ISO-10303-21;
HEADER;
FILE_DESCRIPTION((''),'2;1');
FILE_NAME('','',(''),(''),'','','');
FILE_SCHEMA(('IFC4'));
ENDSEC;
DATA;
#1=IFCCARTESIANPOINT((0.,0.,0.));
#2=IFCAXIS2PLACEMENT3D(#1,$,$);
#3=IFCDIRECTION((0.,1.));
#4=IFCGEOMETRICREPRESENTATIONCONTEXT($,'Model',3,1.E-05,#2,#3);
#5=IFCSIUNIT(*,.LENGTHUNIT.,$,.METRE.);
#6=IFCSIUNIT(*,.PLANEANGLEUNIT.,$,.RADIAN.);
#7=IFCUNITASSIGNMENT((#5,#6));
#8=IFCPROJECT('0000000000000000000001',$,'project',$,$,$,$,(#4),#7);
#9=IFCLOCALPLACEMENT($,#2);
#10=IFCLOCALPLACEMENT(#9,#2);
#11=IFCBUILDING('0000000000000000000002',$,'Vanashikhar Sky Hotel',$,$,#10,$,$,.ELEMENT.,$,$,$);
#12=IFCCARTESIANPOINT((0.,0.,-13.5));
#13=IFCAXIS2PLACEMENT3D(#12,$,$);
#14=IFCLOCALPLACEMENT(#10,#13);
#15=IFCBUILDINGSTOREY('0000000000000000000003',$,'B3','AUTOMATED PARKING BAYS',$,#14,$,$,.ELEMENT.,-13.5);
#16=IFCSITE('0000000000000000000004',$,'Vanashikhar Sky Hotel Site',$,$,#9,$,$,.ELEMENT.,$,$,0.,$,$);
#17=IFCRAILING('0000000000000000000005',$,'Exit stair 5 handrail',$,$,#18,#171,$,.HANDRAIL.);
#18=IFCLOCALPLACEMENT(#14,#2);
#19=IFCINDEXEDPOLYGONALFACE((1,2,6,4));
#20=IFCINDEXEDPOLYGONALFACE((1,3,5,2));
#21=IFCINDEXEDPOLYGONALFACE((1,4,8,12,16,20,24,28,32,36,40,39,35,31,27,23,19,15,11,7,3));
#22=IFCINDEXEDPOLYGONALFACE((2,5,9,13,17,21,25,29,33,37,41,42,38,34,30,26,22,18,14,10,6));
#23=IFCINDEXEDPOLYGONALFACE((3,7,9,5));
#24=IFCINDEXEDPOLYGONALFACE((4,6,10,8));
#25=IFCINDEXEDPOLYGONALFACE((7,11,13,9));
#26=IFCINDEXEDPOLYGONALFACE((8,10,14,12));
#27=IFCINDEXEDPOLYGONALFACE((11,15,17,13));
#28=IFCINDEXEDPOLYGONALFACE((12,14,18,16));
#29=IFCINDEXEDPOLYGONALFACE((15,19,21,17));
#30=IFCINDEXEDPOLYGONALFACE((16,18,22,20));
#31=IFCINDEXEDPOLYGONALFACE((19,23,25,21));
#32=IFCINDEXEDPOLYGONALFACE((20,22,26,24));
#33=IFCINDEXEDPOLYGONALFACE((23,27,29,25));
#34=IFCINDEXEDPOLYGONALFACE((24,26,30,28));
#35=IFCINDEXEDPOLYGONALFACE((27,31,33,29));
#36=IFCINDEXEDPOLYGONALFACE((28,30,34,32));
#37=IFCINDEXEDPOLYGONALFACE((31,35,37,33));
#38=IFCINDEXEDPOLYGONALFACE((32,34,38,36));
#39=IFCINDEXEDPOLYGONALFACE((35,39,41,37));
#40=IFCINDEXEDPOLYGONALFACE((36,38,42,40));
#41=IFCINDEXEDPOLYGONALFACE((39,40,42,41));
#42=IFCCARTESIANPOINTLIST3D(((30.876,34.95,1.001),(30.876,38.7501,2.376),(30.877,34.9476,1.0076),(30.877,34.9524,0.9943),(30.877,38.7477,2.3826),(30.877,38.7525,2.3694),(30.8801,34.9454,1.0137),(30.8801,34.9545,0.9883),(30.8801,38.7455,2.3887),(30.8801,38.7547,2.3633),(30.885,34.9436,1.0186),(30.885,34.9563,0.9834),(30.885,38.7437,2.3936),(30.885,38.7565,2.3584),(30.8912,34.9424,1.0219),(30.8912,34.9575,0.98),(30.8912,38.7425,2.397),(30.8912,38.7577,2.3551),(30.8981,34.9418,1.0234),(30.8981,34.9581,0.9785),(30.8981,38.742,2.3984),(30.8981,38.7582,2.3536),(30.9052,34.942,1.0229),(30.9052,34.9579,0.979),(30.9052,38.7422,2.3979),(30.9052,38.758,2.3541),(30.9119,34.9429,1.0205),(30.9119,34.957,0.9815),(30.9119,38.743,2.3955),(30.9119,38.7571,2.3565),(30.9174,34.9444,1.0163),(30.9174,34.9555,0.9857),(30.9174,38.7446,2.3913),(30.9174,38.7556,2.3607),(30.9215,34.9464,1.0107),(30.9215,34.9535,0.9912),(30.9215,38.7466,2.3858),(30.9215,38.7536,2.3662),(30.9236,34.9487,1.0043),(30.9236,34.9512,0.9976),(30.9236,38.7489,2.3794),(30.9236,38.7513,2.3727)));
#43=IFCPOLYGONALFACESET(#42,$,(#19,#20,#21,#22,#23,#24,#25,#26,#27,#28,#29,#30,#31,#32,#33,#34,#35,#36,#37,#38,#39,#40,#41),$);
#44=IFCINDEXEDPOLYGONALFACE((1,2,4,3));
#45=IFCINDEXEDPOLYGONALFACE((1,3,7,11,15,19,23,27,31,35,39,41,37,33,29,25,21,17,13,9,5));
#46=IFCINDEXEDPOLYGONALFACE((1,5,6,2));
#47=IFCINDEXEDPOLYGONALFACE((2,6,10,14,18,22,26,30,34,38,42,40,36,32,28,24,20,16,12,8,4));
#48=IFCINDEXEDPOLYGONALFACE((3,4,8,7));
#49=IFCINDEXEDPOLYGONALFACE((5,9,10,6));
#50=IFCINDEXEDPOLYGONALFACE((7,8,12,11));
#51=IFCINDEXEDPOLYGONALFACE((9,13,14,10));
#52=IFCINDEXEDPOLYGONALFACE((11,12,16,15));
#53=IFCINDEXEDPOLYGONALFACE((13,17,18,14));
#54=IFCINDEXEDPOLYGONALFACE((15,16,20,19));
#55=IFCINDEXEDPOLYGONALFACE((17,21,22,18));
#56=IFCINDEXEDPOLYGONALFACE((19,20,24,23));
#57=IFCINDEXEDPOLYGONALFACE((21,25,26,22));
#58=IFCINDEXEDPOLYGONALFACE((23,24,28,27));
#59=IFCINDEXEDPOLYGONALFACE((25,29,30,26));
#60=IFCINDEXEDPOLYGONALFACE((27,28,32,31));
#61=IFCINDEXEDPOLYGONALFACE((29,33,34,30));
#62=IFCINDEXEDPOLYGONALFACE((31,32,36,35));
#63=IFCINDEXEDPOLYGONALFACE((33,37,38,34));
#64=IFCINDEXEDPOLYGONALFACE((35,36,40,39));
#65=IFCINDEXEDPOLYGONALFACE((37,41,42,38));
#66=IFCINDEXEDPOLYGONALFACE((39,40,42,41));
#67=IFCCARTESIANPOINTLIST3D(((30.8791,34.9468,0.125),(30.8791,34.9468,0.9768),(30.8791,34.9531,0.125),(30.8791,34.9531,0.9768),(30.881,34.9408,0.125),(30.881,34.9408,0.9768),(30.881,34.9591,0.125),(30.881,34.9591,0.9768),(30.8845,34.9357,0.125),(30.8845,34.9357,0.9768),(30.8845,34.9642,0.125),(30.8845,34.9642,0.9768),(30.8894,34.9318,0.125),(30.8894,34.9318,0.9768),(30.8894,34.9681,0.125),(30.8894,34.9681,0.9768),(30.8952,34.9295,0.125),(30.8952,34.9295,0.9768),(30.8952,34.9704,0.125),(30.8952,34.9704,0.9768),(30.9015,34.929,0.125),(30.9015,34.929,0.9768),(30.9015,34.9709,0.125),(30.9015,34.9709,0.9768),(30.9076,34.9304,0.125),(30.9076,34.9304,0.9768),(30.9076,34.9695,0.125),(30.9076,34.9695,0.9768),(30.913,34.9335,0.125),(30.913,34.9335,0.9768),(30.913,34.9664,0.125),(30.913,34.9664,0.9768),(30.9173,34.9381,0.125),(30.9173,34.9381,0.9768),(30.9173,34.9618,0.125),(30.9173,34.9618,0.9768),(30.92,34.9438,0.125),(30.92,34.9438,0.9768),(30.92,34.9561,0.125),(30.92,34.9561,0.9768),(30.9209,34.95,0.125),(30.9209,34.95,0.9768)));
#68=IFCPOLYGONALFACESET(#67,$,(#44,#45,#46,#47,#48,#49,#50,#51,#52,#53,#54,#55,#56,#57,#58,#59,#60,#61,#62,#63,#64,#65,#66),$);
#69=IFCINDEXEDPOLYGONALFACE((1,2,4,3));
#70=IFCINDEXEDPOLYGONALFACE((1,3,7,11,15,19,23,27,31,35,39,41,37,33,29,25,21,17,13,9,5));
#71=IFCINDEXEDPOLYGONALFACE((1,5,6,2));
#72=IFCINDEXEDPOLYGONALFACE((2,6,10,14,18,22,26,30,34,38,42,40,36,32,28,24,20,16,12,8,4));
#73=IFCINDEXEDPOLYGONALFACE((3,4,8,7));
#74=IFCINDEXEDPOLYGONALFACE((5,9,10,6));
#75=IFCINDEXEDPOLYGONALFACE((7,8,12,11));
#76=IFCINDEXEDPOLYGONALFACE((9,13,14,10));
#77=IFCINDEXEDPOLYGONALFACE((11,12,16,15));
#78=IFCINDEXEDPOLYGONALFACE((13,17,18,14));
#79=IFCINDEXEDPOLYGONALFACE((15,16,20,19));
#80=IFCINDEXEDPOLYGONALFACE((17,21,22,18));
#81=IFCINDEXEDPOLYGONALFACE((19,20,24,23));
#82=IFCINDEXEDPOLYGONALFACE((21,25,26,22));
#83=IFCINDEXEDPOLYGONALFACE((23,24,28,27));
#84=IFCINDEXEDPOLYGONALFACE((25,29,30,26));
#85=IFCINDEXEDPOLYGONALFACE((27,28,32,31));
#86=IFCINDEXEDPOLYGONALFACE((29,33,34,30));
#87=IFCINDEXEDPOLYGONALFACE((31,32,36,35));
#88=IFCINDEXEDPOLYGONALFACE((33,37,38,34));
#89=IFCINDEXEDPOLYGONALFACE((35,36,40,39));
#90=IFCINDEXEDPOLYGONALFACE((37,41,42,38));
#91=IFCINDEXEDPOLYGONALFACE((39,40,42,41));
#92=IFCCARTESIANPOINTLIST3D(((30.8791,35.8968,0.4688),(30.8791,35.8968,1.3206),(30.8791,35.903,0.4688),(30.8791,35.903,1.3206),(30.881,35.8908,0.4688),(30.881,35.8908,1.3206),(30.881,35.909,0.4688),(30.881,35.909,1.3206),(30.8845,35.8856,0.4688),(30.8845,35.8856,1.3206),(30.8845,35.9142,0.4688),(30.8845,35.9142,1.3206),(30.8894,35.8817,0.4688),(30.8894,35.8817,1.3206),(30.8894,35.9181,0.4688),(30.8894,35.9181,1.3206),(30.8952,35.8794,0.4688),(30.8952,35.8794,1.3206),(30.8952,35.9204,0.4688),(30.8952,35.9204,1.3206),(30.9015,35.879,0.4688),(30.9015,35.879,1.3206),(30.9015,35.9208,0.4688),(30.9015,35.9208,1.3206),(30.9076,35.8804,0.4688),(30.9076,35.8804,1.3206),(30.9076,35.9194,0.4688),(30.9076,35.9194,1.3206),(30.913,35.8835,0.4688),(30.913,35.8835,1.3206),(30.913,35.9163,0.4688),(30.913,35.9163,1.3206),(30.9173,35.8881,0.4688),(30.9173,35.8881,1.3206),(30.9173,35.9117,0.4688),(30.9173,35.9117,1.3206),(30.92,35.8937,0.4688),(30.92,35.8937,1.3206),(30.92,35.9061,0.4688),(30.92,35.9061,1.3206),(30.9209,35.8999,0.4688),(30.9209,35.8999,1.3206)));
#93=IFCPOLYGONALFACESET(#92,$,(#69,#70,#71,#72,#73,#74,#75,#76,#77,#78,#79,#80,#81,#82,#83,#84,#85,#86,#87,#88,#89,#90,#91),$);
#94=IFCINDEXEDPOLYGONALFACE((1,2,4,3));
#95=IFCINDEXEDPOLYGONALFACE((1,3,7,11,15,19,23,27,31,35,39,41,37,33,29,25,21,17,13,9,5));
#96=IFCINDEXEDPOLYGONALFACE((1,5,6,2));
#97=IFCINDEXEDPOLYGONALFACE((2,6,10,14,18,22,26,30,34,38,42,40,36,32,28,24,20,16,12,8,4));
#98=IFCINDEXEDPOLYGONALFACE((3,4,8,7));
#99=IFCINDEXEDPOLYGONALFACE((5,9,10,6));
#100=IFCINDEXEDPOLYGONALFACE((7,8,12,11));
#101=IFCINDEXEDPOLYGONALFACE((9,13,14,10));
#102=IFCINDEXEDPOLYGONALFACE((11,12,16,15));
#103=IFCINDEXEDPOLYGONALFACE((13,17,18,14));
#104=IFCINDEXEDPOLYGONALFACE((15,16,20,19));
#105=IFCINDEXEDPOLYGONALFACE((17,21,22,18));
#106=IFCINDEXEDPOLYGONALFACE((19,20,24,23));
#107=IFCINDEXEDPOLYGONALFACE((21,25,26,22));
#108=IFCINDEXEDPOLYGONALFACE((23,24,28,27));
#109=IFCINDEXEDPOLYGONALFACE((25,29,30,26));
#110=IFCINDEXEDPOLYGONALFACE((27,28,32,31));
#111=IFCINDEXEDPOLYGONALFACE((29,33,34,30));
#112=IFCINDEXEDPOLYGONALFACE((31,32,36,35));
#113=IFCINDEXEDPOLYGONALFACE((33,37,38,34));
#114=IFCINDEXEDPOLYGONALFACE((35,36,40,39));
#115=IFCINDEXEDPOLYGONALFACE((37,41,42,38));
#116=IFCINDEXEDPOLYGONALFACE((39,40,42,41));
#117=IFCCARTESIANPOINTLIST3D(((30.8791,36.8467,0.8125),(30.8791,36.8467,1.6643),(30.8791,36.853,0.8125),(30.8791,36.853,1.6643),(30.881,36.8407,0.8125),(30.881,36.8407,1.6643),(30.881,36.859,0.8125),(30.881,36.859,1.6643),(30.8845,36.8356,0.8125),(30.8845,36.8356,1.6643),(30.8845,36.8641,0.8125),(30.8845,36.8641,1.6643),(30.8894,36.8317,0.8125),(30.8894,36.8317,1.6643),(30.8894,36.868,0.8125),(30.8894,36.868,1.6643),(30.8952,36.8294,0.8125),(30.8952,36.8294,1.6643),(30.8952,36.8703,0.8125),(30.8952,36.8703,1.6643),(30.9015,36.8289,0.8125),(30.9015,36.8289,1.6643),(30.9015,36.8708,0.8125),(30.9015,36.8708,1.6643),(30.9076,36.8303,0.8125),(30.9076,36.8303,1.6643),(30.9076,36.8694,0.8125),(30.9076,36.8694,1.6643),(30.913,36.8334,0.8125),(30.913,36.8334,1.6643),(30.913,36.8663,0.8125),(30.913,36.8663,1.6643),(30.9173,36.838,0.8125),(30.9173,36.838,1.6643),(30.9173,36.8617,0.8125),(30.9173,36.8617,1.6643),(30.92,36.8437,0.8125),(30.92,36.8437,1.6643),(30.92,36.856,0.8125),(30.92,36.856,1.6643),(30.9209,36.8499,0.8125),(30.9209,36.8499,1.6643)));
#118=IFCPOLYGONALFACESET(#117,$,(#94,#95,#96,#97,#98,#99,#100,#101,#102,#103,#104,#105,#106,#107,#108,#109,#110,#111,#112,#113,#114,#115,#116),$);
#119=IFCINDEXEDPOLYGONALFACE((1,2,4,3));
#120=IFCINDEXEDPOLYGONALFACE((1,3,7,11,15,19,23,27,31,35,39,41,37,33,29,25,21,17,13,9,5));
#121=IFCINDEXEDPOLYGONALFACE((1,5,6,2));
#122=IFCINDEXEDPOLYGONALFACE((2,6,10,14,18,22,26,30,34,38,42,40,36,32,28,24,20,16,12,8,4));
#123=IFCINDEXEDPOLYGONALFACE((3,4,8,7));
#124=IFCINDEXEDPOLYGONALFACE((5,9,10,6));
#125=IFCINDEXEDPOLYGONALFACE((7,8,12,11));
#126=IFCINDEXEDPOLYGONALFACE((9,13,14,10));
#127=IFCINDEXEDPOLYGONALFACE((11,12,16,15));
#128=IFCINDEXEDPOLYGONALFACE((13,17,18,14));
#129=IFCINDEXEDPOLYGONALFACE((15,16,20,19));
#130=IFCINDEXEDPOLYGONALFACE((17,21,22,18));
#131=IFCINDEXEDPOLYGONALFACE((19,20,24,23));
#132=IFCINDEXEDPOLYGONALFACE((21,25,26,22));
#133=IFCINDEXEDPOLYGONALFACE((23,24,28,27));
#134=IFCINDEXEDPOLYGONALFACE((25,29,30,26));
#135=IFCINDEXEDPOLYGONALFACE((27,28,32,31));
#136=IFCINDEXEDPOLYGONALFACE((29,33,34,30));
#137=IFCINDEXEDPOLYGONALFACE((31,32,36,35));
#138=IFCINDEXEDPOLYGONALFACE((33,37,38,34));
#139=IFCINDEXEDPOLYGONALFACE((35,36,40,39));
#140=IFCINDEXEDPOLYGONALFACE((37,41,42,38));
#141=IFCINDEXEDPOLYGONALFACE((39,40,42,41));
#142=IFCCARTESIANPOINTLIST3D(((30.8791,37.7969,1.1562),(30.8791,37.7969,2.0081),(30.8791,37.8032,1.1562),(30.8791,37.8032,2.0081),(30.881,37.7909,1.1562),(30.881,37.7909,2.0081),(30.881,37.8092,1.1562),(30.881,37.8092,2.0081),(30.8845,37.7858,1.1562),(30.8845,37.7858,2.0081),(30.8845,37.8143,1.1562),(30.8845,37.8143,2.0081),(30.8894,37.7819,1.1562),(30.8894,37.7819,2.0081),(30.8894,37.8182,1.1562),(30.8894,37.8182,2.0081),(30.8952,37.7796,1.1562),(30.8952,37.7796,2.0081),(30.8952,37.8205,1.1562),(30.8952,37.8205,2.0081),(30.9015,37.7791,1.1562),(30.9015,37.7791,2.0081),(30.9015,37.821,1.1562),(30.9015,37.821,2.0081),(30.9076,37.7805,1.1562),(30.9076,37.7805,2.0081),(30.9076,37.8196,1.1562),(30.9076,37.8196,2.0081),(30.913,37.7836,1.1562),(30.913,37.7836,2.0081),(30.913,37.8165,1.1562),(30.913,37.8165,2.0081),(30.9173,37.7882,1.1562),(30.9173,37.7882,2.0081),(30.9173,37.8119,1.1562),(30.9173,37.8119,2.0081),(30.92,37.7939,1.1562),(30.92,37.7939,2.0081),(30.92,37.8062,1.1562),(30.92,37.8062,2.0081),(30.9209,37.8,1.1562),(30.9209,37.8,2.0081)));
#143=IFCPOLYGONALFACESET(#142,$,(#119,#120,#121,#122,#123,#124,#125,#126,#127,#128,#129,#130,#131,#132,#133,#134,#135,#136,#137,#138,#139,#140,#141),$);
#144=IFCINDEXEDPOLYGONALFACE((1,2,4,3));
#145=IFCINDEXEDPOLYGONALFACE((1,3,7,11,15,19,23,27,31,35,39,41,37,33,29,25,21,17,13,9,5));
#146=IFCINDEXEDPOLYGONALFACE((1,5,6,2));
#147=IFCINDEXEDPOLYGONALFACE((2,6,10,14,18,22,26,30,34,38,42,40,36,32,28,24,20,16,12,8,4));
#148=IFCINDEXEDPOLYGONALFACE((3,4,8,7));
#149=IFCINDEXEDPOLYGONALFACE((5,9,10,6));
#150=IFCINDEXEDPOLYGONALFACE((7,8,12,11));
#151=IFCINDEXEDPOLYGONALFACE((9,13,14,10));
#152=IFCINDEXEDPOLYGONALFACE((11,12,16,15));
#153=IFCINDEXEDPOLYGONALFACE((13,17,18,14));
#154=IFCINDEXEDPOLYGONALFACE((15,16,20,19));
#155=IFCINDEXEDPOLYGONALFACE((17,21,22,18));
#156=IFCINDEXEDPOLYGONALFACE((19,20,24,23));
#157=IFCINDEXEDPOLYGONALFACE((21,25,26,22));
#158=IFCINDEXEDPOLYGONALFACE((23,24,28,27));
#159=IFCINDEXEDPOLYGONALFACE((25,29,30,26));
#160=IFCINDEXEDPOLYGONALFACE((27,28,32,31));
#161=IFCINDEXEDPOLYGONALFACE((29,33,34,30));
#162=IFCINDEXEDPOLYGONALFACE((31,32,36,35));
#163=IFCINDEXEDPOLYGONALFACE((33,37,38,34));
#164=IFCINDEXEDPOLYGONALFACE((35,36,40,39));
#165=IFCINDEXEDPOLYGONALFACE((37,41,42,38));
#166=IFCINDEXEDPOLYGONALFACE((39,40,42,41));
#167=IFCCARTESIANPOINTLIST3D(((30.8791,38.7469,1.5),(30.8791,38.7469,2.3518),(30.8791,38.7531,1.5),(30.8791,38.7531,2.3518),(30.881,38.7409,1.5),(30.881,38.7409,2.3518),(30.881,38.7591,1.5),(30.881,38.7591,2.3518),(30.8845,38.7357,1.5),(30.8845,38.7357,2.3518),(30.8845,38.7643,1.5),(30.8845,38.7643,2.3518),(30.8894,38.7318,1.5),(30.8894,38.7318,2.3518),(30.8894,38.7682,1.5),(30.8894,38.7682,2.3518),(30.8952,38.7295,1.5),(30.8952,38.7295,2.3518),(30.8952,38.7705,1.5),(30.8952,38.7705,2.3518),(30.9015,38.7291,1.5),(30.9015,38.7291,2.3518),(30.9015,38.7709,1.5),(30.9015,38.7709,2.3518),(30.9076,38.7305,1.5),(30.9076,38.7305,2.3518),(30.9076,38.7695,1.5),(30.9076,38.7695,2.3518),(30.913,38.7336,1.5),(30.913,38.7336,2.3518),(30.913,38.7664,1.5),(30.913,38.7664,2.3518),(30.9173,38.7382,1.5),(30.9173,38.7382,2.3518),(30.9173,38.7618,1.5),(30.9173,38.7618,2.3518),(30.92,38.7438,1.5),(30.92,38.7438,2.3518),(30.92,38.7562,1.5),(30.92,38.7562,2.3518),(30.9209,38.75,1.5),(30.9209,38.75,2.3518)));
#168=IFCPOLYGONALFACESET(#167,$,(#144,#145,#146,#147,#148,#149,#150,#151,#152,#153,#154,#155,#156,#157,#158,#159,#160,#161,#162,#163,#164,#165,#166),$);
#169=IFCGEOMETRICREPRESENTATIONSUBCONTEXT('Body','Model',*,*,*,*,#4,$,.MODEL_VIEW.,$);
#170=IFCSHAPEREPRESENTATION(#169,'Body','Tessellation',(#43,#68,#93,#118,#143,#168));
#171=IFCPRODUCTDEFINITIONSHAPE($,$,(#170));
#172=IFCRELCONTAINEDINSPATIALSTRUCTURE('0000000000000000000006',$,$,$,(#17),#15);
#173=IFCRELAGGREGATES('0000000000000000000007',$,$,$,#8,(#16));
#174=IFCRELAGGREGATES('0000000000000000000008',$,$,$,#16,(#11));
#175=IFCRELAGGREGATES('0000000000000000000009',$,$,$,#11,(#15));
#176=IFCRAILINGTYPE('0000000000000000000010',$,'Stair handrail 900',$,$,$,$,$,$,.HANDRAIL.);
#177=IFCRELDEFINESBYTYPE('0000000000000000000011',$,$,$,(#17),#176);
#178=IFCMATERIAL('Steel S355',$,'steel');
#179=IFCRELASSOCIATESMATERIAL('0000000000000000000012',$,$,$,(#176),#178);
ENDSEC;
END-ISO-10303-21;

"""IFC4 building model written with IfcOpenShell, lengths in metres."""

from ifc_helpers import new_model, si_unit, direction, frame, origin, origin_2d, place, context, subcontext, project, spatial, circle, extrude, source, transform, mapped, material, type_object, element, save


model = new_model("IFC4")

# Units and contexts
model_context = context("Model", 3, precision=1e-05, world=origin(), true_north=direction((0.0, 1.0)))
body_context = subcontext(model_context, "Body", "Model", "MODEL_VIEW")
ifc_project = project(units=[si_unit("LENGTHUNIT", "METRE"), si_unit("PLANEANGLEUNIT", "RADIAN")], contexts=[model_context])

# Site, building, storey
site_placement = place(None, origin())
site = spatial("IfcSite", under=ifc_project, at=site_placement, Name="Vanashikhar Sky Hotel Site", CompositionType="ELEMENT", RefElevation=0.0)
building_placement = place(site_placement, origin())
building = spatial("IfcBuilding", under=site, at=building_placement, Name="Vanashikhar Sky Hotel", CompositionType="ELEMENT")
storey_placement = place(building_placement, frame((0.0, 0.0, -13.5)))
storey = spatial("IfcBuildingStorey", under=building, at=storey_placement, Name="B3", Description="AUTOMATED PARKING BAYS", CompositionType="ELEMENT", Elevation=-13.5)

# Railing
ifc_material_1 = material(Name="Steel S355", Category="steel")
railing_type_1 = type_object("IfcRailingType", Name="Stair handrail 900", PredefinedType="HANDRAIL", material=ifc_material_1)
shared_shape_1 = source(origin(), body_context, "Body", "SweptSolid", [
    extrude(circle(Radius=0.0239, at=origin_2d()), frame((0.0, 0.0, 0.876), z_axis=(0.0, 0.940336, 0.340249), x_axis=(-1.0, 0.0, 0.0)), (0.0, 0.0, 1.0), 4.0413),
    extrude(circle(Radius=0.021, at=origin_2d()), origin(), (0.0, 0.0, 1.0), 0.8518),
    extrude(circle(Radius=0.021, at=origin_2d()), frame((0.0, 0.95, 0.3438)), (0.0, 0.0, 1.0), 0.8518),
    extrude(circle(Radius=0.021, at=origin_2d()), frame((0.0, 1.8999, 0.6875)), (0.0, 0.0, 1.0), 0.8518),
    extrude(circle(Radius=0.021, at=origin_2d()), frame((0.0, 2.8501, 1.0312)), (0.0, 0.0, 1.0), 0.8518),
    extrude(circle(Radius=0.021, at=origin_2d()), frame((0.0, 3.8, 1.375)), (0.0, 0.0, 1.0), 0.8518),
])
for number, where, name in (
    (1, (30.8999, 34.95, 0.125), "Exit stair 5 handrail"),
):
    element("IfcRailing", number, at=place(storey_placement, frame(where)), inside=storey, type_object=railing_type_1, Name=name, PredefinedType="HANDRAIL", context=body_context, shape_type="MappedRepresentation", body=[
        mapped(shared_shape_1, transform((0.0, 0.0, 0.0), scale=1.0)),
    ])

save(model, "model.ifc")
